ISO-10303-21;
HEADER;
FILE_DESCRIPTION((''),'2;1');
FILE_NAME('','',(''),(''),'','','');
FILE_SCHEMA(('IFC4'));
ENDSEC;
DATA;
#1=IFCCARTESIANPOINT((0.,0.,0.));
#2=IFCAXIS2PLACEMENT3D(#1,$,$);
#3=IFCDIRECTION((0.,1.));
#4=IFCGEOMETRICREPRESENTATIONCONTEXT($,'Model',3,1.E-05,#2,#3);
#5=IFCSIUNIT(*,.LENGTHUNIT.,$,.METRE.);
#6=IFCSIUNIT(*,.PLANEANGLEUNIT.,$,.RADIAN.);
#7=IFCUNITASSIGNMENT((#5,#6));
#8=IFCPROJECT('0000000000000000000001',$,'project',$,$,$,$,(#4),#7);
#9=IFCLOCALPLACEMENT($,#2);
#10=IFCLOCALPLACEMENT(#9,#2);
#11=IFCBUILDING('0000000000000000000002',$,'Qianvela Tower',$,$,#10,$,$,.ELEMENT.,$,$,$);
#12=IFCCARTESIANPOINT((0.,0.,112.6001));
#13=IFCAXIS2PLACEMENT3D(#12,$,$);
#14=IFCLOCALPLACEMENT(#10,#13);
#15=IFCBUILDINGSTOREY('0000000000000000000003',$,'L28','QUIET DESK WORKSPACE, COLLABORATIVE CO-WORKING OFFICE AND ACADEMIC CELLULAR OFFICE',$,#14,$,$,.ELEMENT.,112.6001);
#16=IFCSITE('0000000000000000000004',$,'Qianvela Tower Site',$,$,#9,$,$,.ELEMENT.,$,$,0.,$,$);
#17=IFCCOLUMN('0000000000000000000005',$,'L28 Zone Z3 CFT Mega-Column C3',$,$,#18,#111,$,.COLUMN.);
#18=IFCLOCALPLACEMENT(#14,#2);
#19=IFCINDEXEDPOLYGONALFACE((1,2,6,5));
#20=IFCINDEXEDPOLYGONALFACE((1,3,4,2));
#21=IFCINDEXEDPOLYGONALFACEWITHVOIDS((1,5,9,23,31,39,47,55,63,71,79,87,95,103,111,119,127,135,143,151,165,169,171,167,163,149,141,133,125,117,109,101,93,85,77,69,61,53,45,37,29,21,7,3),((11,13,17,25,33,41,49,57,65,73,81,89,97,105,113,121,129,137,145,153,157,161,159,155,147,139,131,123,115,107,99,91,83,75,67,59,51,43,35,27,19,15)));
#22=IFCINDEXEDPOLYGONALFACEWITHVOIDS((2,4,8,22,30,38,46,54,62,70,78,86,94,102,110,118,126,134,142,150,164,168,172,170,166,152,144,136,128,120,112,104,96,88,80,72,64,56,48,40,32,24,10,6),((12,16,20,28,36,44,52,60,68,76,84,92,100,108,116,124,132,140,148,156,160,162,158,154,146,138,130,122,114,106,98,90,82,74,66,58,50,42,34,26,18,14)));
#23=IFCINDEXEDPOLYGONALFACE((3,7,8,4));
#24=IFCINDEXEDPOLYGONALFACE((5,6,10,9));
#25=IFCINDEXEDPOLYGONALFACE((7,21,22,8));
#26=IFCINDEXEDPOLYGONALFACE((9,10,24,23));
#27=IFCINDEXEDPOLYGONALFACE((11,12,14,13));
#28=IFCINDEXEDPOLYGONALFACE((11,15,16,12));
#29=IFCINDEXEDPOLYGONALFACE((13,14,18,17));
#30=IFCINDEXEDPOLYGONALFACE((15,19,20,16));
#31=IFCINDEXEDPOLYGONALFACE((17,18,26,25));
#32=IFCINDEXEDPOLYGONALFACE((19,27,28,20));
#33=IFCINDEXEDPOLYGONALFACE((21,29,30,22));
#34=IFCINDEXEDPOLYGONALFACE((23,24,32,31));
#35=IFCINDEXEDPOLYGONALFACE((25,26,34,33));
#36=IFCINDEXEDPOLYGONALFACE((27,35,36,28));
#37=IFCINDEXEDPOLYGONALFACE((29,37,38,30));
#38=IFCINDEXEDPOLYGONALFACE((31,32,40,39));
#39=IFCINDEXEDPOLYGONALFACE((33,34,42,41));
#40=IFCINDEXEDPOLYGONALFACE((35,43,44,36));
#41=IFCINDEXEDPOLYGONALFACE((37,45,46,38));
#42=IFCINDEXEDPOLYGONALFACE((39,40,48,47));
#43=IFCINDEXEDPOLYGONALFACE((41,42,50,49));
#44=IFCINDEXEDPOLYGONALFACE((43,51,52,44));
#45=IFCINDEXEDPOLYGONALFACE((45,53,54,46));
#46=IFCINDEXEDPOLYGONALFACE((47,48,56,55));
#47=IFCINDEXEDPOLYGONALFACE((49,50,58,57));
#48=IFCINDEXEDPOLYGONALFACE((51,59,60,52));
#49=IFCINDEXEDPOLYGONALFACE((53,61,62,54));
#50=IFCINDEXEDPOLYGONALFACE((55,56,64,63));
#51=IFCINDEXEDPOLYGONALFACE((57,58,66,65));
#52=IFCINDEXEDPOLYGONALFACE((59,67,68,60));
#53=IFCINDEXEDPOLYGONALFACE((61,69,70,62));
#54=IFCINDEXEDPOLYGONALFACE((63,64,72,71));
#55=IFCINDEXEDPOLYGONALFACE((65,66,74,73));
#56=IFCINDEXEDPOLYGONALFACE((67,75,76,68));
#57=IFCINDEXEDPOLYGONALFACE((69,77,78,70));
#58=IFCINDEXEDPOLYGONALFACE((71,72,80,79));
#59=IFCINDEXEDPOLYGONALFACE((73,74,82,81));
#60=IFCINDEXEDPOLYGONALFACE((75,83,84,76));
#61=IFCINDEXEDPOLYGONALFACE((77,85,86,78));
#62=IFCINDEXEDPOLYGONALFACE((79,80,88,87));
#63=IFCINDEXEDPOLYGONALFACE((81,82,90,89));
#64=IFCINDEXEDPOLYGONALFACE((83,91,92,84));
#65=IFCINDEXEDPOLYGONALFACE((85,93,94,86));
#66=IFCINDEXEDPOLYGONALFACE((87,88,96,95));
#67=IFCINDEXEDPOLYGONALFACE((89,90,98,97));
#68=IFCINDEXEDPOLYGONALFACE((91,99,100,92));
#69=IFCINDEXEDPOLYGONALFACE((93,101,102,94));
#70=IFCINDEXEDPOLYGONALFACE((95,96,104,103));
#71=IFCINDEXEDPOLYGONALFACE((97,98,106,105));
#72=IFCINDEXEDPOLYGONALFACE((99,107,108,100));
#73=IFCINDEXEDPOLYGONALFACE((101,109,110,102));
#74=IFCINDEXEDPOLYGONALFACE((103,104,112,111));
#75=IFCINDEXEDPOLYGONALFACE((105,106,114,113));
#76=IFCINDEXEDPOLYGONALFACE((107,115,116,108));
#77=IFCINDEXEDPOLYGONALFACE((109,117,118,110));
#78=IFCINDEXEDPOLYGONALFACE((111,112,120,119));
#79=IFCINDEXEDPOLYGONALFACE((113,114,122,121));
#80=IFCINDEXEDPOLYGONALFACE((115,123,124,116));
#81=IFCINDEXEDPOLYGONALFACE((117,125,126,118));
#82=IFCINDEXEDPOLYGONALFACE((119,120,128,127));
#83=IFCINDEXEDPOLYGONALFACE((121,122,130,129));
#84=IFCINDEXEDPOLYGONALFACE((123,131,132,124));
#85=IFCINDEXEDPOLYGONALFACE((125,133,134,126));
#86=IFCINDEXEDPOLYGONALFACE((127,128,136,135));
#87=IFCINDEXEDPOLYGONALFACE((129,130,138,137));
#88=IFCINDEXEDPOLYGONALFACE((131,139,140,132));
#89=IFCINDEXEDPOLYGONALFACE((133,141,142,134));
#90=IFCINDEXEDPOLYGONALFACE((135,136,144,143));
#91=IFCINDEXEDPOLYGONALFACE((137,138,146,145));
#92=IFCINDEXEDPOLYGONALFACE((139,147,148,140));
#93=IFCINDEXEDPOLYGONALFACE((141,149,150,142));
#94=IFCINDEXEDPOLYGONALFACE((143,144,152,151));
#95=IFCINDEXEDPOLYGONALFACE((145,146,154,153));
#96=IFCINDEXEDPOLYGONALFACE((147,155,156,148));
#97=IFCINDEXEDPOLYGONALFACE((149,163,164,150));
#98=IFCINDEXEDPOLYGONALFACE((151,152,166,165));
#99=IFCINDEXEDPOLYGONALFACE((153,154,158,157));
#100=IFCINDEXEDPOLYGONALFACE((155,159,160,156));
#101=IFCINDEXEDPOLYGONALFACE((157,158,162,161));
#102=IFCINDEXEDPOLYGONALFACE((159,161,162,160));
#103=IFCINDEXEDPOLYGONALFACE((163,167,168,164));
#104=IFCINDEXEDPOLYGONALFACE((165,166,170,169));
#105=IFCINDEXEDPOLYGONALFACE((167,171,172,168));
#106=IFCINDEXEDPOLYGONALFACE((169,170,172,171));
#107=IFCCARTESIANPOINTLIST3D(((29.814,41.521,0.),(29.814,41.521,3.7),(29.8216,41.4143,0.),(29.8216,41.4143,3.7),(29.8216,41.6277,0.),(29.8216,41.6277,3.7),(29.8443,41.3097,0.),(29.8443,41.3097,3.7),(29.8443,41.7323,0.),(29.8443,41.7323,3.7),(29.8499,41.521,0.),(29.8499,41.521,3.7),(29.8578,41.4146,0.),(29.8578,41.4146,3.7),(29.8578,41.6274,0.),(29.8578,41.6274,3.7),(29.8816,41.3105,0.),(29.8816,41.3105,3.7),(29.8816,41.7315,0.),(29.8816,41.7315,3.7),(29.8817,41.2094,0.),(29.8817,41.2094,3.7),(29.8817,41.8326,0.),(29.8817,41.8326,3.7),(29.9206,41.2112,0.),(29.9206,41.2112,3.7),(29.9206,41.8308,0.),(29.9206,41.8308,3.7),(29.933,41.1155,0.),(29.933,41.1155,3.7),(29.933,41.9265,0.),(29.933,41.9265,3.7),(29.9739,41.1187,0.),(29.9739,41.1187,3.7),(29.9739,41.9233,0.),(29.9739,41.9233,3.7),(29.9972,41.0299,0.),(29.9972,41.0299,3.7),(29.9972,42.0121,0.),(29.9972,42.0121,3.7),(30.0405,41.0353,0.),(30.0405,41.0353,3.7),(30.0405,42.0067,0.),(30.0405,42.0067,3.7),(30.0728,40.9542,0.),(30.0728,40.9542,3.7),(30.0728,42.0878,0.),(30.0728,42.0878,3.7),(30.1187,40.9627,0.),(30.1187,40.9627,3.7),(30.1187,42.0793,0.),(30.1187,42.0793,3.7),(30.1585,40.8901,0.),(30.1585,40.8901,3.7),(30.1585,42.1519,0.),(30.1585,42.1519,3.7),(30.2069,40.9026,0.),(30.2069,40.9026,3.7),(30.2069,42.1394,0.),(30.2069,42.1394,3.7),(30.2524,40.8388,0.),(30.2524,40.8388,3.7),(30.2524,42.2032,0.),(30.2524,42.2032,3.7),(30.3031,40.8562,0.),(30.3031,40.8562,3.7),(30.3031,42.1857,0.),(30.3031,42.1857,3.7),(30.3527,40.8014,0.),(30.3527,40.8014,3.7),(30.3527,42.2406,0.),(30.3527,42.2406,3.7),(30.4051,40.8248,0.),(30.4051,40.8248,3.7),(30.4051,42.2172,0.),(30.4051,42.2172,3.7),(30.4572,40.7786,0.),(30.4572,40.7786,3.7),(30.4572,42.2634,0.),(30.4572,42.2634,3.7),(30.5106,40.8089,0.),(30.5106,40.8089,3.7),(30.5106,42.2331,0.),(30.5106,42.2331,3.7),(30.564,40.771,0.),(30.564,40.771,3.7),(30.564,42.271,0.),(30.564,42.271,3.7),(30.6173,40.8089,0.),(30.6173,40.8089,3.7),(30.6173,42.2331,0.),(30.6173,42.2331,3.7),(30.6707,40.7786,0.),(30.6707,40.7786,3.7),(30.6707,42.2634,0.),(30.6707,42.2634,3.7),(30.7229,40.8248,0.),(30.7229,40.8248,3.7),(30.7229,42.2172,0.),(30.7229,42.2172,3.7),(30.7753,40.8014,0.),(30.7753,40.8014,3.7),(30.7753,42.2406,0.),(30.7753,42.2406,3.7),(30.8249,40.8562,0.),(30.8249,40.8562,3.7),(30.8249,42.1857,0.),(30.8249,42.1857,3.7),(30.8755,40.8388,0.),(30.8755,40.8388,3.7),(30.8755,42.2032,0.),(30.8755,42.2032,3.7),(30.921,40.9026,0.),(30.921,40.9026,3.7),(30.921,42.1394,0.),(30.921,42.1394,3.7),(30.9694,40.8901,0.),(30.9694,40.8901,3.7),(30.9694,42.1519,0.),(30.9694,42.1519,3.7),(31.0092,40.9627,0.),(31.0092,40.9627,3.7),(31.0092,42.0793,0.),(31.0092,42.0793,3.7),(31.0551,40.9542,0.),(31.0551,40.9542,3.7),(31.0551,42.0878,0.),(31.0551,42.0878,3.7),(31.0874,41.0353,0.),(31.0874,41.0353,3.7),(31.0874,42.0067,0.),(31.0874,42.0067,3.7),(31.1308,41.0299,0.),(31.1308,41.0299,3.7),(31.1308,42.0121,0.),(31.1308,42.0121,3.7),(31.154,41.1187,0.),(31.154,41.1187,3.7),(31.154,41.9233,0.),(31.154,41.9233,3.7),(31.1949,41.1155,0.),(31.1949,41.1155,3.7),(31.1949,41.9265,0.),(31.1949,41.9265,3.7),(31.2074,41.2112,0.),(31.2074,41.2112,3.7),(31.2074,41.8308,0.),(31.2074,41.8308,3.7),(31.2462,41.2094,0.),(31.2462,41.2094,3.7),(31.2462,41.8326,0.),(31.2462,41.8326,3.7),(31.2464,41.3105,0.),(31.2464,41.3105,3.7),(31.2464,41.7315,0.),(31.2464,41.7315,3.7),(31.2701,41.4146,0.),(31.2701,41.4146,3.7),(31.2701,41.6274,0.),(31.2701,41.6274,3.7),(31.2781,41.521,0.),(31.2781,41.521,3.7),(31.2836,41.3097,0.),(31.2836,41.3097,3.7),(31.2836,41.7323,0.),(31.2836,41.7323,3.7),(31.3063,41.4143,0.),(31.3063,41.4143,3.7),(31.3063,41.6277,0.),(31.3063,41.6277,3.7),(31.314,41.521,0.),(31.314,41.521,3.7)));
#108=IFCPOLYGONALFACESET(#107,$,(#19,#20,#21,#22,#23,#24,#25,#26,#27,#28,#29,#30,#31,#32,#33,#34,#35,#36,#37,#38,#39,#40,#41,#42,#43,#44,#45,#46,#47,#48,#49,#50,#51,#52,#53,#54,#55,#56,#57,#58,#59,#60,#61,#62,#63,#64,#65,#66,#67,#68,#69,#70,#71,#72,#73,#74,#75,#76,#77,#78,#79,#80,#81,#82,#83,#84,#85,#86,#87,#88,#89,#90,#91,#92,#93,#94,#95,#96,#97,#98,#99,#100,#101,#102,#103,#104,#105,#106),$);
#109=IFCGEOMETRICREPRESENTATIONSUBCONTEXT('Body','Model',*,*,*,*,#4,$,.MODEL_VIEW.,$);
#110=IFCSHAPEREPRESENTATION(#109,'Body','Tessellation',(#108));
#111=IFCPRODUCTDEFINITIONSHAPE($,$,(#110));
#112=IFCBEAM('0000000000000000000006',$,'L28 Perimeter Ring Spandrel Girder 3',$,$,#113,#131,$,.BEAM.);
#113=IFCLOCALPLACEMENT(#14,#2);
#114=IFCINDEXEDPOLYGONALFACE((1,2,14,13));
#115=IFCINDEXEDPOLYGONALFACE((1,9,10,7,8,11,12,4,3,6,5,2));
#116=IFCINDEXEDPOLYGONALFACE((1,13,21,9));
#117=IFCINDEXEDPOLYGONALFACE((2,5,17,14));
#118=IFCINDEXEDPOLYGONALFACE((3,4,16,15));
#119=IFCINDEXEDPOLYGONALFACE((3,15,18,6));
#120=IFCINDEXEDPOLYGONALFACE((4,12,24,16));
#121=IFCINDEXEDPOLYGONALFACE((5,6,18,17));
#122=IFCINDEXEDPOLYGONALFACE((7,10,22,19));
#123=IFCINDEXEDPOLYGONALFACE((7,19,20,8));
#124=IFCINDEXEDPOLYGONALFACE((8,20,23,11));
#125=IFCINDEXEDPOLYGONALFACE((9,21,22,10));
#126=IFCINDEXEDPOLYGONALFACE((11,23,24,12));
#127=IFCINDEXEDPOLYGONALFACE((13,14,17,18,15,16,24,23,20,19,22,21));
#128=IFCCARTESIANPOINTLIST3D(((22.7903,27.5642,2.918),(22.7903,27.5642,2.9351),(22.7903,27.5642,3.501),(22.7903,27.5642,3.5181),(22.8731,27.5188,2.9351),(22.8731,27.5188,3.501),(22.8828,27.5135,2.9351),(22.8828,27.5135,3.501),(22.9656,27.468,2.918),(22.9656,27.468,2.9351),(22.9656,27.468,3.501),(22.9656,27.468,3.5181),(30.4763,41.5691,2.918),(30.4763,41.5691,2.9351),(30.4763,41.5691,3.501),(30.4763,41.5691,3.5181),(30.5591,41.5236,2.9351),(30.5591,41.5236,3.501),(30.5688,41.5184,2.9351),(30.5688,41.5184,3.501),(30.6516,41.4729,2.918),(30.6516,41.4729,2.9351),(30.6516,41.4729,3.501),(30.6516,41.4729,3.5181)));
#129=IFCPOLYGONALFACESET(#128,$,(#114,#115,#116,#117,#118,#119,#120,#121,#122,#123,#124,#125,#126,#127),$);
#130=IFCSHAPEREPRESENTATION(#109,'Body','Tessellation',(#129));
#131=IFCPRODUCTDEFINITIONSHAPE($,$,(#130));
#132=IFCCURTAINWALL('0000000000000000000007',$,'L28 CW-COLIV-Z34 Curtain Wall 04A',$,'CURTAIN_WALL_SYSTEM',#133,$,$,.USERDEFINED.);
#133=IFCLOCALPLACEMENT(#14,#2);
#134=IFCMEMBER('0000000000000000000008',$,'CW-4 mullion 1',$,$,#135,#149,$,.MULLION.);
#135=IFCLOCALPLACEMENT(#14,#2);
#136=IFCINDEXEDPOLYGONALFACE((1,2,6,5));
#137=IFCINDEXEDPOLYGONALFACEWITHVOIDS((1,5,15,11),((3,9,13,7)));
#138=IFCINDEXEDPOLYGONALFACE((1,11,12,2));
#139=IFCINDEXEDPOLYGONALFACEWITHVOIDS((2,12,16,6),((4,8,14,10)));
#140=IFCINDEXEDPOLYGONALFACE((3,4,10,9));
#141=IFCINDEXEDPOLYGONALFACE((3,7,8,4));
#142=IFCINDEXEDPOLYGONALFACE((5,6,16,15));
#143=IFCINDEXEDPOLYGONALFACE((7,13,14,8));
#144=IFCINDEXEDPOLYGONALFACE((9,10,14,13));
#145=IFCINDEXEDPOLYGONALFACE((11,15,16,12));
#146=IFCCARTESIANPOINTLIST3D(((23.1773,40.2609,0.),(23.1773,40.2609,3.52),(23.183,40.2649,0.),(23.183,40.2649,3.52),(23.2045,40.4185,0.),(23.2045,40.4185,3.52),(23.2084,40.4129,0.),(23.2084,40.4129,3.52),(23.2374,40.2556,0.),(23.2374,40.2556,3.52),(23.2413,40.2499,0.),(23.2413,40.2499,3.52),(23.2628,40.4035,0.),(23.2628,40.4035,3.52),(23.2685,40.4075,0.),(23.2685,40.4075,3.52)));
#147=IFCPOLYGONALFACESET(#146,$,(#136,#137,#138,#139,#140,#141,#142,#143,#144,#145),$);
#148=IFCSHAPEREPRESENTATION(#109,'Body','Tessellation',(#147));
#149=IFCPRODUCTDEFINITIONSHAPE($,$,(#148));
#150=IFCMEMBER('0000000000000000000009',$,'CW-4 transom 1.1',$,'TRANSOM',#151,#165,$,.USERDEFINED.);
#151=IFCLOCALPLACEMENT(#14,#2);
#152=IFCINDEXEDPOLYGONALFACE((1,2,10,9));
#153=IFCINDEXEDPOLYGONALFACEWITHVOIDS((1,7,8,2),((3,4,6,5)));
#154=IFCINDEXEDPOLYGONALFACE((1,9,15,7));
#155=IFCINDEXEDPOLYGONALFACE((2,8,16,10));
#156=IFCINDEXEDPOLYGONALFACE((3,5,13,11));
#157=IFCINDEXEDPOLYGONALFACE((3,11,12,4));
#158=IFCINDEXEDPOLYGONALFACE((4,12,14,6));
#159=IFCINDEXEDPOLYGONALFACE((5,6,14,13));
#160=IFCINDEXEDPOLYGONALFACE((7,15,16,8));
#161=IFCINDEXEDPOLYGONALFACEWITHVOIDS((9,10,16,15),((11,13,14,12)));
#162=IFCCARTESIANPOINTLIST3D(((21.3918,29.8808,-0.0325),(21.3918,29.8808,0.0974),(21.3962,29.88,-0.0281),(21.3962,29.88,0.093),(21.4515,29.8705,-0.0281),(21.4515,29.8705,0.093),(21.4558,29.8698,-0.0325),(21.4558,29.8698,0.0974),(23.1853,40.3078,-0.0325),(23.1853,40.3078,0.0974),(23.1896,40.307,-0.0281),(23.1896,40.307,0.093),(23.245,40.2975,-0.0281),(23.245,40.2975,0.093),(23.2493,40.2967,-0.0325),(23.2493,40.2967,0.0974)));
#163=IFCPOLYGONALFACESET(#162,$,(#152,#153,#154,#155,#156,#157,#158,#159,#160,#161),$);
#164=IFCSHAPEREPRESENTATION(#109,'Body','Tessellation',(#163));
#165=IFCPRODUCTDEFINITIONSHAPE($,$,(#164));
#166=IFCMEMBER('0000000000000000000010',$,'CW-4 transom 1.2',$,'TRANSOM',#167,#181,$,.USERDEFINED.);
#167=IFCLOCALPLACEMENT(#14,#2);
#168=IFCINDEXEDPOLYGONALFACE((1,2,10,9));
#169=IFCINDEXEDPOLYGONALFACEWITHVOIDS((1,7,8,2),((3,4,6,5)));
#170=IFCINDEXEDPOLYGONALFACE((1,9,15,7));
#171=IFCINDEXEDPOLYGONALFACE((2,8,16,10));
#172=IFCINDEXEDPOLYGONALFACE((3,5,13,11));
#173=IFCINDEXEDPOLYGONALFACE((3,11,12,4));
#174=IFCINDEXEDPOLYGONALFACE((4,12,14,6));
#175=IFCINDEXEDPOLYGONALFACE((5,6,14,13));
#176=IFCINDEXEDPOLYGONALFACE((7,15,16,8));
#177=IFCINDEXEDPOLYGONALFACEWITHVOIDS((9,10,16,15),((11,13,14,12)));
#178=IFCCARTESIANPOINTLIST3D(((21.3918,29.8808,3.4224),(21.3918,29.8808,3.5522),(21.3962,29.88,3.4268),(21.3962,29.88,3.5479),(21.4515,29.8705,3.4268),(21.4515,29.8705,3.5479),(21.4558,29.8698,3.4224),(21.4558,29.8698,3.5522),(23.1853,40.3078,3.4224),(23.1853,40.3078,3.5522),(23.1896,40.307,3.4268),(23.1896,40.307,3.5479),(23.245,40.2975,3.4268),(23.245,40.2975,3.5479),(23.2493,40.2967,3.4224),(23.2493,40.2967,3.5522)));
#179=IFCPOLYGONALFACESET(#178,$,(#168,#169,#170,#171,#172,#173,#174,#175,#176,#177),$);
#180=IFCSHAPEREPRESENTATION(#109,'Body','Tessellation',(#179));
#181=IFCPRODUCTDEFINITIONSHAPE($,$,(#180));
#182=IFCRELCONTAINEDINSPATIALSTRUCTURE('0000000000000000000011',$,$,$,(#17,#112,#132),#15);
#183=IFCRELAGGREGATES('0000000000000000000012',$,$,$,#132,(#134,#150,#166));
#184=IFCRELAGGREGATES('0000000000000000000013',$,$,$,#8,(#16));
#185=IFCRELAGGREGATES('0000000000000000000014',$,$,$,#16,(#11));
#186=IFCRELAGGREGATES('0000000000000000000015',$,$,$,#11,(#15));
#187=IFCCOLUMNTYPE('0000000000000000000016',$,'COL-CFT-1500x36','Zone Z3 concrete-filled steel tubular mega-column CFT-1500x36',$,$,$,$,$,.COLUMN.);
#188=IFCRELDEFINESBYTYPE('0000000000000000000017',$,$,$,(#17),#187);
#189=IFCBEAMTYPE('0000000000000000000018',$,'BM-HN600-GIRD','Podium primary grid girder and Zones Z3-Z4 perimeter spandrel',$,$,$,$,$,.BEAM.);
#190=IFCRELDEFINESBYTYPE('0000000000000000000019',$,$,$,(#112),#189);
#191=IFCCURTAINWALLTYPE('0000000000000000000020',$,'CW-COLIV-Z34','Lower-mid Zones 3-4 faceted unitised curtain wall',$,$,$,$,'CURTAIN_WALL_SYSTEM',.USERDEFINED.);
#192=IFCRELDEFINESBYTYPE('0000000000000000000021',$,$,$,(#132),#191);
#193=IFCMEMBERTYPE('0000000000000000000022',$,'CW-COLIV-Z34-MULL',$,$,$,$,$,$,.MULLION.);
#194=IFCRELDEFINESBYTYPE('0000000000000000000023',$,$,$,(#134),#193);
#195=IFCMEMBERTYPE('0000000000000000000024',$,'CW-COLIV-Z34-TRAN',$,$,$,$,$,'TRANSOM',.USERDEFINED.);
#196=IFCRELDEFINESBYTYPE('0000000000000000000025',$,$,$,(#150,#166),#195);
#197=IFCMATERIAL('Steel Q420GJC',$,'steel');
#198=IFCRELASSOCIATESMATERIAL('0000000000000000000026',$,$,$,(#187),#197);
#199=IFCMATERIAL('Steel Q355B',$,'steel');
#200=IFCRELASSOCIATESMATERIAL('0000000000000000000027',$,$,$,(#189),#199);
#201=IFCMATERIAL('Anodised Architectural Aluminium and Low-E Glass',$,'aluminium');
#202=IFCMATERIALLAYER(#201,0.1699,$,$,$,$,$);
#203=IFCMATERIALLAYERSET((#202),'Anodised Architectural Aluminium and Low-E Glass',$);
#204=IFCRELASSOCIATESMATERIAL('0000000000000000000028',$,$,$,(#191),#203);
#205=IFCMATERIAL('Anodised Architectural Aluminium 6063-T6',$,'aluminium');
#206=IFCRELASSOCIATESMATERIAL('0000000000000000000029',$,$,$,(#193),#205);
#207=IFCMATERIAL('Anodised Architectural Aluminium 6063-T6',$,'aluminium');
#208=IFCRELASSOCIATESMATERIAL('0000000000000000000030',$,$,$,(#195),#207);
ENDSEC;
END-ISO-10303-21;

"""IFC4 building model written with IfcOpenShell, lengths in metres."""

from ifc_helpers import new_model, si_unit, direction, frame, origin, origin_2d, place, context, subcontext, project, spatial, hollow_rectangle, hollow_circle, i_section, extrude, material, layer, layer_set, material_profile, profile_set, type_object, element, aggregate, save


model = new_model("IFC4")

# Units and contexts
model_context = context("Model", 3, precision=1e-05, world=origin(), true_north=direction((0.0, 1.0)))
body_context = subcontext(model_context, "Body", "Model", "MODEL_VIEW")
ifc_project = project(units=[si_unit("LENGTHUNIT", "METRE"), si_unit("PLANEANGLEUNIT", "RADIAN")], contexts=[model_context])

# Site, building, storey
site_placement = place(None, origin())
site = spatial("IfcSite", under=ifc_project, at=site_placement, Name="Qianvela Tower Site", CompositionType="ELEMENT", RefElevation=0.0)
building_placement = place(site_placement, origin())
building = spatial("IfcBuilding", under=site, at=building_placement, Name="Qianvela Tower", CompositionType="ELEMENT")
storey_placement = place(building_placement, frame((0.0, 0.0, 112.6001)))
storey = spatial("IfcBuildingStorey", under=building, at=storey_placement, Name="L28", Description="QUIET DESK WORKSPACE, COLLABORATIVE CO-WORKING OFFICE AND ACADEMIC CELLULAR OFFICE", CompositionType="ELEMENT", Elevation=112.6001)

# Column
ifc_material_1 = material(Name="Steel Q420GJC", Category="steel")
ifc_material_profile_1 = material_profile(ifc_material_1, hollow_circle(Radius=0.75, WallThickness=0.0359, at=origin_2d()), Name="CFT-1500x36")
ifc_profile_set_1 = profile_set([ifc_material_profile_1], Name="Steel Q420GJC")
column_type = type_object("IfcColumnType", Name="COL-CFT-1500x36", Description="Zone Z3 concrete-filled steel tubular mega-column CFT-1500x36", PredefinedType="COLUMN", material=ifc_profile_set_1)
column_placement = place(storey_placement, frame((30.564, 41.521, 0.0), z_axis=(0.0, 0.0, 1.0), x_axis=(1.0, 0.0, 0.0)))
element("IfcColumn", 1, at=column_placement, inside=storey, type_object=column_type, Name="L28 Zone Z3 CFT Mega-Column C3", PredefinedType="COLUMN", context=body_context, shape_type="SweptSolid", body=[
    extrude(hollow_circle(Radius=0.75, WallThickness=0.0359, at=origin_2d()), origin(), (0.0, 0.0, 1.0), 3.7),
])

# Beam
ifc_material_2 = material(Name="Steel Q355B", Category="steel")
ifc_material_profile_2 = material_profile(ifc_material_2, i_section(OverallWidth=0.2, OverallDepth=0.6001, WebThickness=0.011, FlangeThickness=0.0171, at=origin_2d()), Name="HN600x200x11x17")
ifc_profile_set_2 = profile_set([ifc_material_profile_2], Name="Steel Q355B")
beam_type = type_object("IfcBeamType", Name="BM-HN600-GIRD", Description="Podium primary grid girder and Zones Z3-Z4 perimeter spandrel", PredefinedType="BEAM", material=ifc_profile_set_2)
beam_placement = place(storey_placement, frame((30.564, 41.521, 3.218), z_axis=(-0.481118, -0.876656, 0.0), x_axis=(0.876656, -0.481118, 0.0)))
element("IfcBeam", 2, at=beam_placement, inside=storey, type_object=beam_type, Name="L28 Perimeter Ring Spandrel Girder 3", PredefinedType="BEAM", context=body_context, shape_type="SweptSolid", body=[
    extrude(i_section(OverallWidth=0.2, OverallDepth=0.6001, WebThickness=0.011, FlangeThickness=0.0171, at=origin_2d()), origin(), (0.0, 0.0, 1.0), 15.9753),
])

# Curtain wall, members
ifc_material_3 = material(Name="Anodised Architectural Aluminium and Low-E Glass", Category="aluminium")
ifc_layer_1 = layer(ifc_material_3, 0.1699)
ifc_layer_set_1 = layer_set([ifc_layer_1], Name="Anodised Architectural Aluminium and Low-E Glass")
curtain_wall_type = type_object("IfcCurtainWallType", Name="CW-COLIV-Z34", Description="Lower-mid Zones 3-4 faceted unitised curtain wall", ElementType="CURTAIN_WALL_SYSTEM", PredefinedType="USERDEFINED", material=ifc_layer_set_1)
curtain_wall_placement = place(storey_placement, origin())
curtain_wall = element("IfcCurtainWall", 3, at=curtain_wall_placement, inside=storey, type_object=curtain_wall_type, Name="L28 CW-COLIV-Z34 Curtain Wall 04A", ObjectType="CURTAIN_WALL_SYSTEM", PredefinedType="USERDEFINED")
ifc_material_4 = material(Name="Anodised Architectural Aluminium 6063-T6", Category="aluminium")
ifc_material_profile_3 = material_profile(ifc_material_4, hollow_rectangle(XDim=0.0649, YDim=0.1599, WallThickness=0.0049, at=origin_2d()), Name="ALU-MULL-65x160")
ifc_profile_set_3 = profile_set([ifc_material_profile_3], Name="Anodised Architectural Aluminium 6063-T6")
member_type_1 = type_object("IfcMemberType", Name="CW-COLIV-Z34-MULL", PredefinedType="MULLION", material=ifc_profile_set_3)
member_1_placement = place(storey_placement, frame((23.2229, 40.3342, 0.0), z_axis=(0.0, 0.0, 1.0), x_axis=(0.985526, -0.169524, 0.0)))
member_1 = element("IfcMember", 4, at=member_1_placement, type_object=member_type_1, Name="CW-4 mullion 1", PredefinedType="MULLION", context=body_context, shape_type="SweptSolid", body=[
    extrude(hollow_rectangle(XDim=0.0649, YDim=0.1599, WallThickness=0.0049, at=origin_2d()), origin(), (0.0, 0.0, 1.0), 3.52),
])
ifc_material_5 = material(Name="Anodised Architectural Aluminium 6063-T6", Category="aluminium")
ifc_material_profile_4 = material_profile(ifc_material_5, hollow_rectangle(XDim=0.0649, YDim=0.1299, WallThickness=0.0044, at=origin_2d()), Name="ALU-TRAN-65x130")
ifc_profile_set_4 = profile_set([ifc_material_profile_4], Name="Anodised Architectural Aluminium 6063-T6")
member_type_2 = type_object("IfcMemberType", Name="CW-COLIV-Z34-TRAN", ElementType="TRANSOM", PredefinedType="USERDEFINED", material=ifc_profile_set_4)
member_2_placement = place(storey_placement, frame((23.2173, 40.3022, 0.0325), z_axis=(-0.169512, -0.985528, 0.0), x_axis=(0.985528, -0.169512, 0.0)))
member_2 = element("IfcMember", 5, at=member_2_placement, type_object=member_type_2, Name="CW-4 transom 1.1", ObjectType="TRANSOM", PredefinedType="USERDEFINED", context=body_context, shape_type="SweptSolid", body=[
    extrude(hollow_rectangle(XDim=0.0649, YDim=0.1299, WallThickness=0.0044, at=origin_2d()), origin(), (0.0, 0.0, 1.0), 10.5801),
])
member_3_placement = place(storey_placement, frame((23.2173, 40.3022, 3.4873), z_axis=(-0.169512, -0.985528, 0.0), x_axis=(0.985528, -0.169512, 0.0)))
member_3 = element("IfcMember", 6, at=member_3_placement, type_object=member_type_2, Name="CW-4 transom 1.2", ObjectType="TRANSOM", PredefinedType="USERDEFINED", context=body_context, shape_type="SweptSolid", body=[
    extrude(hollow_rectangle(XDim=0.0649, YDim=0.1299, WallThickness=0.0044, at=origin_2d()), origin(), (0.0, 0.0, 1.0), 10.5801),
])
aggregate(curtain_wall, [member_1, member_2, member_3])

save(model, "model.ifc")
